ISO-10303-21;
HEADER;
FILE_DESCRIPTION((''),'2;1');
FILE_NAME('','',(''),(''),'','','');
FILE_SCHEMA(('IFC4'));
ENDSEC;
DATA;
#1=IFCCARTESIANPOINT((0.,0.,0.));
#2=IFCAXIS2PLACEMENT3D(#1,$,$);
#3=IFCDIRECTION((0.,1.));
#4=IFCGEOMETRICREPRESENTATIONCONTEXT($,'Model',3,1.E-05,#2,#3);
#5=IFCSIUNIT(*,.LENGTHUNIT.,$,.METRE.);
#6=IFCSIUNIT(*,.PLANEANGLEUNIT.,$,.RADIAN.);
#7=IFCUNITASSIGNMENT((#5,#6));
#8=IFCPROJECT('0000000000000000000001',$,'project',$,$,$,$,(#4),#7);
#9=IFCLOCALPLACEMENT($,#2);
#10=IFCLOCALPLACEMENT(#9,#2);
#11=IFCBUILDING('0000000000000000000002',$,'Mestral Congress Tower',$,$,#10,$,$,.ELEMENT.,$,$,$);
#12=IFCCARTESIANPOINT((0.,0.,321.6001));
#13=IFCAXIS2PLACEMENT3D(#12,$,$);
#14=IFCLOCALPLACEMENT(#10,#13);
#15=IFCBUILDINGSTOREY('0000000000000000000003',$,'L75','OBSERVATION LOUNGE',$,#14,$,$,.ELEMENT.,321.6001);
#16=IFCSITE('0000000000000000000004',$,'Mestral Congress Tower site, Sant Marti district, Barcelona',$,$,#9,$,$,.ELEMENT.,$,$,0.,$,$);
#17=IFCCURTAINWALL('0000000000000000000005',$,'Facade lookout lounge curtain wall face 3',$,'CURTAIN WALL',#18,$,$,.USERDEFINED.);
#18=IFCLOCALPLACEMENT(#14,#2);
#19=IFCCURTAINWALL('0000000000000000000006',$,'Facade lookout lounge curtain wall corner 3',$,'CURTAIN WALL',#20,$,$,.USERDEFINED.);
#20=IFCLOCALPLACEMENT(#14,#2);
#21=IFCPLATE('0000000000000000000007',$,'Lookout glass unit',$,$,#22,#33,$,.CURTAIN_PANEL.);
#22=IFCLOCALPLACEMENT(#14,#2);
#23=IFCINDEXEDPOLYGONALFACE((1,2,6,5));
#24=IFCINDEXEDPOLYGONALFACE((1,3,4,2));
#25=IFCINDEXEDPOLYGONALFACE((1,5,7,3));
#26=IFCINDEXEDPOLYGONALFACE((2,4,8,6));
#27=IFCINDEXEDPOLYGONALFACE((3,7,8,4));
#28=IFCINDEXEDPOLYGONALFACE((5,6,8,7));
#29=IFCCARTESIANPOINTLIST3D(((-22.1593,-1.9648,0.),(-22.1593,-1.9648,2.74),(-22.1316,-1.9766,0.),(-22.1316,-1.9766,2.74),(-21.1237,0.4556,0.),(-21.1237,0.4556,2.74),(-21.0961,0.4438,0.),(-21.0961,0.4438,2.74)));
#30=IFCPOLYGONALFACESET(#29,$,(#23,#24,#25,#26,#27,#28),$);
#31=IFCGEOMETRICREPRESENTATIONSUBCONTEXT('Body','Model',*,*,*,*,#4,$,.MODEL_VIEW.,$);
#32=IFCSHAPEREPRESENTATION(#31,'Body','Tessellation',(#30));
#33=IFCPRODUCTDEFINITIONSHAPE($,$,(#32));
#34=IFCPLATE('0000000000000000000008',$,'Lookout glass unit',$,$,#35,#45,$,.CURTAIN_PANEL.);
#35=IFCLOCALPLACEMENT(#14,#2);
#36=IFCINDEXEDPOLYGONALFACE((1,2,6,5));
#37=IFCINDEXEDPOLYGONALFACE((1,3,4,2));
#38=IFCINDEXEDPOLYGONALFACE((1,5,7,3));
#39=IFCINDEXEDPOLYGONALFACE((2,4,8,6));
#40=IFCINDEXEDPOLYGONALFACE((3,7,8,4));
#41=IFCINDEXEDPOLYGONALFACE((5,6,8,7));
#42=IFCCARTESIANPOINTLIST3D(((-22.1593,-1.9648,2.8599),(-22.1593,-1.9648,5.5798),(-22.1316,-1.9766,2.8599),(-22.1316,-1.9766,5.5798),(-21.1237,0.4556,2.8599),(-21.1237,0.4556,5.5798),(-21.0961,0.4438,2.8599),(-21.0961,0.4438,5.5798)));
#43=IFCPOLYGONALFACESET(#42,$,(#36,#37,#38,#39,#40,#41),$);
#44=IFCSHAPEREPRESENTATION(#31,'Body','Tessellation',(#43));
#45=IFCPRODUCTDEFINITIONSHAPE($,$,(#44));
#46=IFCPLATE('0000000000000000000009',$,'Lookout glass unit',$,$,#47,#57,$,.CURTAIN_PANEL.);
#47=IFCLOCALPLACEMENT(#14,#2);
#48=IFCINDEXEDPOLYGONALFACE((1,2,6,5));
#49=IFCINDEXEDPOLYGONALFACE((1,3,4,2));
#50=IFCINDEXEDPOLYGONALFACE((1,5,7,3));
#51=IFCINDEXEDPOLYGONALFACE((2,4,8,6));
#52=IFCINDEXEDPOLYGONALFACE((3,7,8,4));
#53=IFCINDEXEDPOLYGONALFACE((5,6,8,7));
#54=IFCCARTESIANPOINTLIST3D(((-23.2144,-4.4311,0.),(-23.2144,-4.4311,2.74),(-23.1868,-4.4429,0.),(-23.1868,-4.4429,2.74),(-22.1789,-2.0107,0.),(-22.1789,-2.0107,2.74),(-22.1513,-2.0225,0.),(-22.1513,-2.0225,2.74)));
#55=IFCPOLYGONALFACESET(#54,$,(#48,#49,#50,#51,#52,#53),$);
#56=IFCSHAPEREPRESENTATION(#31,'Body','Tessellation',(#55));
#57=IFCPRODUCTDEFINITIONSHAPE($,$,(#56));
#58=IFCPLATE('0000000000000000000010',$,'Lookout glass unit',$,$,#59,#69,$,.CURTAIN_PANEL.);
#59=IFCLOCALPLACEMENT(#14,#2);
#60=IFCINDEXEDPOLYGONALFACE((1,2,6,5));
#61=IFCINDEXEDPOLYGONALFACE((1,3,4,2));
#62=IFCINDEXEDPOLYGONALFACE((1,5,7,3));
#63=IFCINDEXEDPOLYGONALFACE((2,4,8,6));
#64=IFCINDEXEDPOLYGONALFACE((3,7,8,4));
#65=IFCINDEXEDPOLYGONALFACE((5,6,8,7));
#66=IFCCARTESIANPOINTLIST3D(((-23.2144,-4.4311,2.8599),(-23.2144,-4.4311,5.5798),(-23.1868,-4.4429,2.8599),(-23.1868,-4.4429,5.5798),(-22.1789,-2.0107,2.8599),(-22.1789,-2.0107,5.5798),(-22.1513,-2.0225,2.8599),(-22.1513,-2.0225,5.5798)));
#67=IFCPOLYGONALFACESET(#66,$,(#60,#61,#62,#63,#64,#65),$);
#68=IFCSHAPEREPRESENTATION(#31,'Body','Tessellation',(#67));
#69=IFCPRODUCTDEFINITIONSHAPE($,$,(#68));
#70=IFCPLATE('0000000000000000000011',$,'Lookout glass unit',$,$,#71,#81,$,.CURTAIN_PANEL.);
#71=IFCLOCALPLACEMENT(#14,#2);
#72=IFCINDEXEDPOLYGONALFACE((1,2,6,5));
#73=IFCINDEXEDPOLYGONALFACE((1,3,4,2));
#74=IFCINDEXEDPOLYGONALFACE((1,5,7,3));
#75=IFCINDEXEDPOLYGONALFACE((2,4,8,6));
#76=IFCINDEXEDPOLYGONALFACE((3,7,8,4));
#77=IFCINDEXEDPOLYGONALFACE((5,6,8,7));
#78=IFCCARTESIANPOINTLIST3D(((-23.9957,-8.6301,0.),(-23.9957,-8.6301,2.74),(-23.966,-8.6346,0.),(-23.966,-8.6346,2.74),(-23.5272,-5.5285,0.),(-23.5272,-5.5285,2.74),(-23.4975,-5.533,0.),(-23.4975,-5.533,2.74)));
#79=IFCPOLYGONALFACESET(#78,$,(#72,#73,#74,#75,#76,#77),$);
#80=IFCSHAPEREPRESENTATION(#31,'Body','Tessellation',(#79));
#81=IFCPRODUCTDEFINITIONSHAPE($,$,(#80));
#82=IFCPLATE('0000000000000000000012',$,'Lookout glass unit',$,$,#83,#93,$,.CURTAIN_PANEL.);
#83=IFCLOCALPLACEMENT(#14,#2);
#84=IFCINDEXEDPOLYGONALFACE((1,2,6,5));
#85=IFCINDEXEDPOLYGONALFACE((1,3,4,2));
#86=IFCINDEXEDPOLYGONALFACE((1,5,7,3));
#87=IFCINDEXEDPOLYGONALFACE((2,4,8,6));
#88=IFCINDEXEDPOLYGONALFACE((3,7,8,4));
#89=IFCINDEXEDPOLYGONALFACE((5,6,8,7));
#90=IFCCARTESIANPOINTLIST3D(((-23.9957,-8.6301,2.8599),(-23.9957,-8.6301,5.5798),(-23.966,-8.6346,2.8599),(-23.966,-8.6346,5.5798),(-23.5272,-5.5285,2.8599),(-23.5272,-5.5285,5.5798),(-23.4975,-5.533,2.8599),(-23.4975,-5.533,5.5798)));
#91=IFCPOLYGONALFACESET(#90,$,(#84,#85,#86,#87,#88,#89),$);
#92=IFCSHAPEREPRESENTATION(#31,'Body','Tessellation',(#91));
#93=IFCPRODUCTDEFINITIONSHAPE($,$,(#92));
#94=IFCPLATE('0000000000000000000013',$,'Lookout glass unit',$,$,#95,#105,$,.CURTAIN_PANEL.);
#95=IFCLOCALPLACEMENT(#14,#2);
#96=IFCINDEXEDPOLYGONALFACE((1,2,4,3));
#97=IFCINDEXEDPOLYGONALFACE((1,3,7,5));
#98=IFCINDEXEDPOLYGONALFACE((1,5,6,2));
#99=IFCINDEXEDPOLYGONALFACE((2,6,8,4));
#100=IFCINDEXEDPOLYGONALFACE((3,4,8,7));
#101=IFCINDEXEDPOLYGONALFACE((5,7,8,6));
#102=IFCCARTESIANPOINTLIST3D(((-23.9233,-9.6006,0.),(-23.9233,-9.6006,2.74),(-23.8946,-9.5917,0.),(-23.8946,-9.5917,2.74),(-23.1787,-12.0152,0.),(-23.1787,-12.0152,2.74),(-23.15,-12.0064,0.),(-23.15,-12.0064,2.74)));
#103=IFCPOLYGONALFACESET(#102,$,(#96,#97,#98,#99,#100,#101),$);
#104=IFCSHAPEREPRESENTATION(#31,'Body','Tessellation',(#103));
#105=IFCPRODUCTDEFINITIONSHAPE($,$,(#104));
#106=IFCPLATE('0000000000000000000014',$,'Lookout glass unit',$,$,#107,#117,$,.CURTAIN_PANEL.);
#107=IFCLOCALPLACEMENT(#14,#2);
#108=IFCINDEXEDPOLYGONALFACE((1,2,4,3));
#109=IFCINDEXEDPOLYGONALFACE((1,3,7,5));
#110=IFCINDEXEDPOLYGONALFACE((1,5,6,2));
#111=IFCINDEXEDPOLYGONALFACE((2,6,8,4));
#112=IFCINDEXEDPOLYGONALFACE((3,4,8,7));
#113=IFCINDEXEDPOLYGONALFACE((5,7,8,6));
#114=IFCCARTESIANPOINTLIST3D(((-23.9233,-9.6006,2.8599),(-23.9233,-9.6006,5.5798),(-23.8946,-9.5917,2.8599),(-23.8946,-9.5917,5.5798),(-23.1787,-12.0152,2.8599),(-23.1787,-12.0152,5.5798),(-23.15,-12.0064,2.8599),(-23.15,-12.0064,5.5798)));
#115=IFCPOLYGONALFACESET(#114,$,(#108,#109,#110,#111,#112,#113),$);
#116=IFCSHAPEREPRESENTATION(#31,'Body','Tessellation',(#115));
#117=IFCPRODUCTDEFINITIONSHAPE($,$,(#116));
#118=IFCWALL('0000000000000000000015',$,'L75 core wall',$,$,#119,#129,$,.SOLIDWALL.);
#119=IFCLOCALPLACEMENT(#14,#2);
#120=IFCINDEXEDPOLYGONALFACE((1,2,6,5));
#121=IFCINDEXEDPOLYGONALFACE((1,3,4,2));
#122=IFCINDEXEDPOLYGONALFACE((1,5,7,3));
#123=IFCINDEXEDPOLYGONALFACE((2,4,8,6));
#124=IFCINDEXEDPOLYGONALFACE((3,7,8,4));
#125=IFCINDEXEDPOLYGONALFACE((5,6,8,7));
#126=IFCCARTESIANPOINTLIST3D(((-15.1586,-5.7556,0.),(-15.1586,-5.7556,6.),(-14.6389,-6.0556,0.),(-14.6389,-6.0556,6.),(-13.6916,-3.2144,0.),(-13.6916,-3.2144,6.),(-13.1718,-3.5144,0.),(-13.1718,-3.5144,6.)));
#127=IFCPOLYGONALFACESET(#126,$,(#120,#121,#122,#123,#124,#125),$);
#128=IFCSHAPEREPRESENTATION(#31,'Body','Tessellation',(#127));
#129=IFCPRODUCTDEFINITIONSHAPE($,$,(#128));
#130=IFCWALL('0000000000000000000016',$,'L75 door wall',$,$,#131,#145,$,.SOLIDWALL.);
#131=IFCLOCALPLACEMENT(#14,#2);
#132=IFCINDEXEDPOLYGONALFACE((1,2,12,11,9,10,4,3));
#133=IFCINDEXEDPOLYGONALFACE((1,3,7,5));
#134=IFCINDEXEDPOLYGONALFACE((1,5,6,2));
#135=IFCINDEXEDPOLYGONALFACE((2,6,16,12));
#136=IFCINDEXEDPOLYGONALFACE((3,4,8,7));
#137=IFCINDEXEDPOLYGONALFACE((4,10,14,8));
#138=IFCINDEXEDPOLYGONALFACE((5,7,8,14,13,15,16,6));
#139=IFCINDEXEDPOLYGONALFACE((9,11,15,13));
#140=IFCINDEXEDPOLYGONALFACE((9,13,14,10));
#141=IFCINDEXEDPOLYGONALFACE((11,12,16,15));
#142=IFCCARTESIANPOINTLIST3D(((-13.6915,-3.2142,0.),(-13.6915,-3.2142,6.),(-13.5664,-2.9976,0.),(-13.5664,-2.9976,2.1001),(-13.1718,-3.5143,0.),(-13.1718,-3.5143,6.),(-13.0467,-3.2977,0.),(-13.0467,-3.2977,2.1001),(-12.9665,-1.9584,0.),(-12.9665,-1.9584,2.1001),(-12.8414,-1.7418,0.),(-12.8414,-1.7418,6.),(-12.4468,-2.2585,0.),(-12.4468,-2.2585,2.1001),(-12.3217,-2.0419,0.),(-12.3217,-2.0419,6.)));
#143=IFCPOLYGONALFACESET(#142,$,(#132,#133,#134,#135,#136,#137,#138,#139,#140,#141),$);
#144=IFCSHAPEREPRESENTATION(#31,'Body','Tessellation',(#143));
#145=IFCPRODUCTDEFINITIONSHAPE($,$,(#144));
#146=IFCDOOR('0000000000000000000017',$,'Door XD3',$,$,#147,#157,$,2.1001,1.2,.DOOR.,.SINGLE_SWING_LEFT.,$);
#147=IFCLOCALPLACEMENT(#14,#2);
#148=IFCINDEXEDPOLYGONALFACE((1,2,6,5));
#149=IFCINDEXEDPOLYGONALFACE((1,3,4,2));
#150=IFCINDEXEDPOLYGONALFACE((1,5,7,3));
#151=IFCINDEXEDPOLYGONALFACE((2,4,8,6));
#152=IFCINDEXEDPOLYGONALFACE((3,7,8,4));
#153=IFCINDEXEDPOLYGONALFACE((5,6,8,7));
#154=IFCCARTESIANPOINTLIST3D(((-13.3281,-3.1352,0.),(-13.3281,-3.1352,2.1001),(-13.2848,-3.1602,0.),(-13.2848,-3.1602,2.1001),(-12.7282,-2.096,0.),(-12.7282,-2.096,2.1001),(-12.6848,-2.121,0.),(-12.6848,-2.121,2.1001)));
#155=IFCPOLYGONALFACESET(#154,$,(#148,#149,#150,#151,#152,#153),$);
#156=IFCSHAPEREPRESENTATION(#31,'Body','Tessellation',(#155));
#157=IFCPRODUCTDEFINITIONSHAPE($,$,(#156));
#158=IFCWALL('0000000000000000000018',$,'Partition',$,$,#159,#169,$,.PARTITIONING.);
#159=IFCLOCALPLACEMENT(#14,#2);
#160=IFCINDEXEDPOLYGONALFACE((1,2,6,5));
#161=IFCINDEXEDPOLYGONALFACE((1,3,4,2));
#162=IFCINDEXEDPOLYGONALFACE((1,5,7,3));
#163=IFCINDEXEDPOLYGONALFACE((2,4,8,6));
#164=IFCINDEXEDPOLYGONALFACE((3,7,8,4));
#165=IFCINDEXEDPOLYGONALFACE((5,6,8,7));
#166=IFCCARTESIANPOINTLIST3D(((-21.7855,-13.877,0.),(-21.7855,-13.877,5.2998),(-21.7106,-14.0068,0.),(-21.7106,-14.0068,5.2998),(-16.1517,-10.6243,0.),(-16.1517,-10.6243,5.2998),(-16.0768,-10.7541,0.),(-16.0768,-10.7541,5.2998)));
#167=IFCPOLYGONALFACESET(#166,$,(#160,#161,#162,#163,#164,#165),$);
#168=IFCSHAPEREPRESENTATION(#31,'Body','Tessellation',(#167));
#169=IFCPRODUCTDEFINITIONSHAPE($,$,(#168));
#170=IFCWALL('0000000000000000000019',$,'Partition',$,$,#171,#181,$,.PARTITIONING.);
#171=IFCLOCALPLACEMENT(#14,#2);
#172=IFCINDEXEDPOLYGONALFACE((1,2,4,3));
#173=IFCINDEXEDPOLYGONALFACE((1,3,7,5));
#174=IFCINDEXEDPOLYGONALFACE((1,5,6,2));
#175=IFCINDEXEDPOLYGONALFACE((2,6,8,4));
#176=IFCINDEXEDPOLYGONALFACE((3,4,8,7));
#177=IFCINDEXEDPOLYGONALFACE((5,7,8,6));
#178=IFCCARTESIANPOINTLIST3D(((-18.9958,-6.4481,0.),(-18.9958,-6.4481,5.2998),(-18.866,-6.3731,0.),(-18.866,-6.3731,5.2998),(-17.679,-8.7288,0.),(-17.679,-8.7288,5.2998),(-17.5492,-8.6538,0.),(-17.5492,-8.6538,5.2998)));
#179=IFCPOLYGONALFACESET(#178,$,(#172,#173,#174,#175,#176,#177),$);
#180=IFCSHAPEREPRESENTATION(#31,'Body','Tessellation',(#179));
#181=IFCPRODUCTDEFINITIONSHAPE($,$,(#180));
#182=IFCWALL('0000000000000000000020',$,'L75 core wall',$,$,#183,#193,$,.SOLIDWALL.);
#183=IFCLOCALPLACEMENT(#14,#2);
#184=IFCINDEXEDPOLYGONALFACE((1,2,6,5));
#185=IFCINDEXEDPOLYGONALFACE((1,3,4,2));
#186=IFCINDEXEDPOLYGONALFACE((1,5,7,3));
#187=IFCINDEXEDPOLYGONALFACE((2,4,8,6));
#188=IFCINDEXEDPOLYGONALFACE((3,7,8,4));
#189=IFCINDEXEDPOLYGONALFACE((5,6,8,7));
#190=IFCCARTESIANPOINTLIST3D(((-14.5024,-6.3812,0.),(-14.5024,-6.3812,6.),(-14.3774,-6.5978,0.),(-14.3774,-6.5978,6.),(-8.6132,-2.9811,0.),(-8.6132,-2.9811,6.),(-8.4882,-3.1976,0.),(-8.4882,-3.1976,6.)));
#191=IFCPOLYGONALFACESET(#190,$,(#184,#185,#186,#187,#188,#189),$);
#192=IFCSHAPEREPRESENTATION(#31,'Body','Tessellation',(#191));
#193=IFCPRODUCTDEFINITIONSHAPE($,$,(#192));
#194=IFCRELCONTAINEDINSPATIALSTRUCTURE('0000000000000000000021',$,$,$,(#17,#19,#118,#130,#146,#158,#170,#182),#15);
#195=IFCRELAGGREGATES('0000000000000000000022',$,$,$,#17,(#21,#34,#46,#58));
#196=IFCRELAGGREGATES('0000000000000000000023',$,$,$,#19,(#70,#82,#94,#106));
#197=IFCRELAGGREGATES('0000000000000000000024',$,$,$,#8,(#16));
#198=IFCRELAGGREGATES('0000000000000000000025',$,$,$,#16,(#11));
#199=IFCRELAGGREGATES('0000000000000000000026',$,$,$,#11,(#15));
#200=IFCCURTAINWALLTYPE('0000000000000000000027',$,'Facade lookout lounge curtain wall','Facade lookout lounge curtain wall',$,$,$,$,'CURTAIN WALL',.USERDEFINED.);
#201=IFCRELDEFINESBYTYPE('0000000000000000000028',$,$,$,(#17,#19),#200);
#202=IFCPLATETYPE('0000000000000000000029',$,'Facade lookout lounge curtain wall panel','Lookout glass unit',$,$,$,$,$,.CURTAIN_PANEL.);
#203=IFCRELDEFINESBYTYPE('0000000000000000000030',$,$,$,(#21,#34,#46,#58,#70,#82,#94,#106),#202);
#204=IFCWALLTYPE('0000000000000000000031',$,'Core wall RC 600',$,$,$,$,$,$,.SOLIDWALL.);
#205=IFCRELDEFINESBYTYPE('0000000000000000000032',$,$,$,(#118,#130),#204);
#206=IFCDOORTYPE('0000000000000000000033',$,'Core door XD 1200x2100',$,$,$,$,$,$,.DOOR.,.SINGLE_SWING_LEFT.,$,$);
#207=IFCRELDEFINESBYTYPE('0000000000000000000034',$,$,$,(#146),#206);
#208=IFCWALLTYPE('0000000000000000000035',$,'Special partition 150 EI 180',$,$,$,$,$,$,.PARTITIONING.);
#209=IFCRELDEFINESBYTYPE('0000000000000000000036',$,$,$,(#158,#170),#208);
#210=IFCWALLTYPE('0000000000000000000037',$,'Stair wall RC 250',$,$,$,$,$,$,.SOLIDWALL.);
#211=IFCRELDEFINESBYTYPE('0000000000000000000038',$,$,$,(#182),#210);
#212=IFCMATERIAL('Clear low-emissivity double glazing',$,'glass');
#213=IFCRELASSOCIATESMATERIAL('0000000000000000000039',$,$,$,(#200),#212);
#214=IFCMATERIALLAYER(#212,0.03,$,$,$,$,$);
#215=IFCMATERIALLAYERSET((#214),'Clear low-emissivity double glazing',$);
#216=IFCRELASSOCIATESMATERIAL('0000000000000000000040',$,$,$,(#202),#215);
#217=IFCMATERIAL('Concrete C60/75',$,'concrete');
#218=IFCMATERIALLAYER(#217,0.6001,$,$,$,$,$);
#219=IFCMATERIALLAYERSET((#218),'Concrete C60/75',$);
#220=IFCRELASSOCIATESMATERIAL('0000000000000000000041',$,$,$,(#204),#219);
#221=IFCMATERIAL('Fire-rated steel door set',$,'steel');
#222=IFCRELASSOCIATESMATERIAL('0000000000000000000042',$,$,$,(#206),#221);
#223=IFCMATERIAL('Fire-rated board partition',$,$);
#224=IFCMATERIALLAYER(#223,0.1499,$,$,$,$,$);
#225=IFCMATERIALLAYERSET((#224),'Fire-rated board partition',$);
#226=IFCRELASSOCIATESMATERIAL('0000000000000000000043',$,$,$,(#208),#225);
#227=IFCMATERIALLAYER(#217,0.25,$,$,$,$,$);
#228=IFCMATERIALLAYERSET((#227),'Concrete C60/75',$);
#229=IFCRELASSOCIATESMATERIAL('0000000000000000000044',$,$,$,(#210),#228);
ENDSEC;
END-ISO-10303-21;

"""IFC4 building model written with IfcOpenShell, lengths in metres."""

from ifc_helpers import new_model, si_unit, direction, frame, frame_2d, origin, origin_2d, place, context, subcontext, project, spatial, rectangle, extrude, material, layer, layer_set, type_object, element, fill, aggregate, save


model = new_model("IFC4")

# Units and contexts
model_context = context("Model", 3, precision=1e-05, world=origin(), true_north=direction((0.0, 1.0)))
body_context = subcontext(model_context, "Body", "Model", "MODEL_VIEW")
ifc_project = project(units=[si_unit("LENGTHUNIT", "METRE"), si_unit("PLANEANGLEUNIT", "RADIAN")], contexts=[model_context])

# Site, building, storey
site_placement = place(None, origin())
site = spatial("IfcSite", under=ifc_project, at=site_placement, Name="Mestral Congress Tower site, Sant Marti district, Barcelona", CompositionType="ELEMENT", RefElevation=0.0)
building_placement = place(site_placement, origin())
building = spatial("IfcBuilding", under=site, at=building_placement, Name="Mestral Congress Tower", CompositionType="ELEMENT")
storey_placement = place(building_placement, frame((0.0, 0.0, 321.6001)))
storey = spatial("IfcBuildingStorey", under=building, at=storey_placement, Name="L75", Description="OBSERVATION LOUNGE", CompositionType="ELEMENT", Elevation=321.6001)

# Shared definitions
ifc_material_1 = material(Name="Concrete C60/75", Category="concrete")

# Curtain walls
ifc_material_2 = material(Name="Clear low-emissivity double glazing", Category="glass")
curtain_wall_type = type_object("IfcCurtainWallType", Name="Facade lookout lounge curtain wall", Description="Facade lookout lounge curtain wall", ElementType="CURTAIN WALL", PredefinedType="USERDEFINED", material=ifc_material_2)
placement = place(storey_placement, origin())
curtain_wall_1 = element("IfcCurtainWall", 1, at=placement, inside=storey, type_object=curtain_wall_type, Name="Facade lookout lounge curtain wall face 3", ObjectType="CURTAIN WALL", PredefinedType="USERDEFINED")
curtain_wall_2 = element("IfcCurtainWall", 2, at=placement, inside=storey, type_object=curtain_wall_type, Name="Facade lookout lounge curtain wall corner 3", ObjectType="CURTAIN WALL", PredefinedType="USERDEFINED")

# Plates
ifc_layer_1 = layer(ifc_material_2, 0.03)
ifc_layer_set_1 = layer_set([ifc_layer_1], Name="Clear low-emissivity double glazing")
plate_type = type_object("IfcPlateType", Name="Facade lookout lounge curtain wall panel", Description="Lookout glass unit", PredefinedType="CURTAIN_PANEL", material=ifc_layer_set_1)
plate_1_placement = place(storey_placement, frame((-21.6277, -0.7605, 0.0), z_axis=(0.0, 0.0, 1.0), x_axis=(-0.393356, -0.919386, 0.0)))
plate_1 = element("IfcPlate", 3, at=plate_1_placement, type_object=plate_type, Name="Lookout glass unit", PredefinedType="CURTAIN_PANEL", context=body_context, shape_type="SweptSolid", body=[
    extrude(rectangle(XDim=2.6326, YDim=0.03, at=origin_2d()), origin(), (0.0, 0.0, 1.0), 2.74),
])
plate_2_placement = place(storey_placement, frame((-21.6277, -0.7605, 2.8599), z_axis=(0.0, 0.0, 1.0), x_axis=(-0.393356, -0.919386, 0.0)))
plate_2 = element("IfcPlate", 4, at=plate_2_placement, type_object=plate_type, Name="Lookout glass unit", PredefinedType="CURTAIN_PANEL", context=body_context, shape_type="SweptSolid", body=[
    extrude(rectangle(XDim=2.6326, YDim=0.03, at=origin_2d()), origin(), (0.0, 0.0, 1.0), 2.72),
])
plate_3_placement = place(storey_placement, frame((-22.6829, -3.2268, 0.0), z_axis=(0.0, 0.0, 1.0), x_axis=(-0.393356, -0.919386, 0.0)))
plate_3 = element("IfcPlate", 5, at=plate_3_placement, type_object=plate_type, Name="Lookout glass unit", PredefinedType="CURTAIN_PANEL", context=body_context, shape_type="SweptSolid", body=[
    extrude(rectangle(XDim=2.6326, YDim=0.03, at=origin_2d()), origin(), (0.0, 0.0, 1.0), 2.74),
])
plate_4_placement = place(storey_placement, frame((-22.6829, -3.2268, 2.8599), z_axis=(0.0, 0.0, 1.0), x_axis=(-0.393356, -0.919386, 0.0)))
plate_4 = element("IfcPlate", 6, at=plate_4_placement, type_object=plate_type, Name="Lookout glass unit", PredefinedType="CURTAIN_PANEL", context=body_context, shape_type="SweptSolid", body=[
    extrude(rectangle(XDim=2.6326, YDim=0.03, at=origin_2d()), origin(), (0.0, 0.0, 1.0), 2.72),
])
aggregate(curtain_wall_1, [plate_1, plate_2, plate_3, plate_4])
plate_5_placement = place(storey_placement, frame((-23.7466, -7.0815, 0.0), z_axis=(0.0, 0.0, 1.0), x_axis=(-0.149366, -0.988782, 0.0)))
plate_5 = element("IfcPlate", 7, at=plate_5_placement, type_object=plate_type, Name="Lookout glass unit", PredefinedType="CURTAIN_PANEL", context=body_context, shape_type="SweptSolid", body=[
    extrude(rectangle(XDim=3.1367, YDim=0.03, at=origin_2d()), origin(), (0.0, 0.0, 1.0), 2.74),
])
plate_6_placement = place(storey_placement, frame((-23.7466, -7.0815, 2.8599), z_axis=(0.0, 0.0, 1.0), x_axis=(-0.149366, -0.988782, 0.0)))
plate_6 = element("IfcPlate", 8, at=plate_6_placement, type_object=plate_type, Name="Lookout glass unit", PredefinedType="CURTAIN_PANEL", context=body_context, shape_type="SweptSolid", body=[
    extrude(rectangle(XDim=3.1367, YDim=0.03, at=origin_2d()), origin(), (0.0, 0.0, 1.0), 2.72),
])
plate_7_placement = place(storey_placement, frame((-23.5366, -10.8035, 0.0), z_axis=(0.0, 0.0, 1.0), x_axis=(0.294661, -0.955602, 0.0)))
plate_7 = element("IfcPlate", 9, at=plate_7_placement, type_object=plate_type, Name="Lookout glass unit", PredefinedType="CURTAIN_PANEL", context=body_context, shape_type="SweptSolid", body=[
    extrude(rectangle(XDim=2.5269, YDim=0.03, at=origin_2d()), origin(), (0.0, 0.0, 1.0), 2.74),
])
plate_8_placement = place(storey_placement, frame((-23.5366, -10.8035, 2.8599), z_axis=(0.0, 0.0, 1.0), x_axis=(0.294661, -0.955602, 0.0)))
plate_8 = element("IfcPlate", 10, at=plate_8_placement, type_object=plate_type, Name="Lookout glass unit", PredefinedType="CURTAIN_PANEL", context=body_context, shape_type="SweptSolid", body=[
    extrude(rectangle(XDim=2.5269, YDim=0.03, at=origin_2d()), origin(), (0.0, 0.0, 1.0), 2.72),
])
aggregate(curtain_wall_2, [plate_5, plate_6, plate_7, plate_8])

# Wall
ifc_layer_2 = layer(ifc_material_1, 0.6001)
ifc_layer_set_2 = layer_set([ifc_layer_2], Name="Concrete C60/75")
wall_type_1 = type_object("IfcWallType", Name="Core wall RC 600", PredefinedType="SOLIDWALL", material=ifc_layer_set_2)
wall_1_placement = place(storey_placement, frame((-13.4316, -3.3643, 0.0), z_axis=(0.0, 0.0, 1.0), x_axis=(-0.49996, -0.866048, 0.0)))
element("IfcWall", 11, at=wall_1_placement, inside=storey, type_object=wall_type_1, Name="L75 core wall", PredefinedType="SOLIDWALL", context=body_context, shape_type="SweptSolid", body=[
    extrude(rectangle(XDim=2.9343, YDim=0.6001, at=frame_2d((1.4673, 0.0))), origin(), (0.0, 0.0, 1.0), 6.0),
])

# Wall, opening, door
wall_2_placement = place(storey_placement, frame((-13.4316, -3.3643, 0.0), z_axis=(0.0, 0.0, 1.0), x_axis=(0.5, 0.866025, 0.0)))
wall_2 = element("IfcWall", 12, at=wall_2_placement, inside=storey, type_object=wall_type_1, Name="L75 door wall", PredefinedType="SOLIDWALL", context=body_context, shape_type="SweptSolid", body=[
    extrude(rectangle(XDim=1.7002, YDim=0.6001, at=frame_2d((0.8501, 0.0))), origin(), (0.0, 0.0, 1.0), 6.0),
])
opening_placement = place(wall_2_placement, frame((0.25, 0.0, 0.0)))
opening = element("IfcOpeningElement", 13, at=opening_placement, cuts=wall_2, PredefinedType="OPENING", context=body_context, shape_type="SweptSolid", body=[
    extrude(rectangle(XDim=1.2, YDim=2.1001, at=frame_2d((0.6001, 1.05))), frame((0.0, 0.3101, 0.0), z_axis=(0.0, -1.0, 0.0), x_axis=(1.0, 0.0, 0.0)), (0.0, 0.0, 1.0), 0.6201),
])
ifc_material_3 = material(Name="Fire-rated steel door set", Category="steel")
door_type = type_object("IfcDoorType", Name="Core door XD 1200x2100", OperationType="SINGLE_SWING_LEFT", PredefinedType="DOOR", material=ifc_material_3)
door_placement = place(opening_placement, origin())
door = element("IfcDoor", 14, at=door_placement, inside=storey, type_object=door_type, Name="Door XD3", OperationType="SINGLE_SWING_LEFT", OverallHeight=2.1001, OverallWidth=1.2, PredefinedType="DOOR", context=body_context, shape_type="SweptSolid", body=[
    extrude(rectangle(XDim=1.2, YDim=2.1001, at=frame_2d((0.6001, 1.05))), frame((0.0, 0.0249, 0.0), z_axis=(0.0, -1.0, 0.0), x_axis=(1.0, 0.0, 0.0)), (0.0, 0.0, 1.0), 0.05),
])
fill(opening, door)

# Walls
ifc_material_4 = material(Name="Fire-rated board partition")
ifc_layer_3 = layer(ifc_material_4, 0.1499)
ifc_layer_set_3 = layer_set([ifc_layer_3], Name="Fire-rated board partition")
wall_type_2 = type_object("IfcWallType", Name="Special partition 150 EI 180", PredefinedType="PARTITIONING", material=ifc_layer_set_3)
wall_3_placement = place(storey_placement, frame((-16.1143, -10.6892, 0.0), z_axis=(0.0, 0.0, 1.0), x_axis=(-0.866024, -0.500002, 0.0)))
element("IfcWall", 15, at=wall_3_placement, inside=storey, type_object=wall_type_2, Name="Partition", PredefinedType="PARTITIONING", context=body_context, shape_type="SweptSolid", body=[
    extrude(rectangle(XDim=6.5054, YDim=0.1499, at=frame_2d((3.2527, 0.0))), origin(), (0.0, 0.0, 1.0), 5.2998),
])
wall_4_placement = place(storey_placement, frame((-17.614, -8.6914, 0.0), z_axis=(0.0, 0.0, 1.0), x_axis=(-0.500027, 0.86601, 0.0)))
element("IfcWall", 16, at=wall_4_placement, inside=storey, type_object=wall_type_2, Name="Partition", PredefinedType="PARTITIONING", context=body_context, shape_type="SweptSolid", body=[
    extrude(rectangle(XDim=2.6335, YDim=0.1499, at=frame_2d((1.3169, 0.0))), origin(), (0.0, 0.0, 1.0), 5.2998),
])
ifc_layer_4 = layer(ifc_material_1, 0.25)
ifc_layer_set_4 = layer_set([ifc_layer_4], Name="Concrete C60/75")
wall_type_3 = type_object("IfcWallType", Name="Stair wall RC 250", PredefinedType="SOLIDWALL", material=ifc_layer_set_4)
wall_5_placement = place(storey_placement, frame((-14.4399, -6.4895, 0.0), z_axis=(0.0, 0.0, 1.0), x_axis=(0.866023, 0.500004, 0.0)))
element("IfcWall", 17, at=wall_5_placement, inside=storey, type_object=wall_type_3, Name="L75 core wall", PredefinedType="SOLIDWALL", context=body_context, shape_type="SweptSolid", body=[
    extrude(rectangle(XDim=6.8003, YDim=0.25, at=frame_2d((3.4001, 0.0))), origin(), (0.0, 0.0, 1.0), 6.0),
])

save(model, "model.ifc")
